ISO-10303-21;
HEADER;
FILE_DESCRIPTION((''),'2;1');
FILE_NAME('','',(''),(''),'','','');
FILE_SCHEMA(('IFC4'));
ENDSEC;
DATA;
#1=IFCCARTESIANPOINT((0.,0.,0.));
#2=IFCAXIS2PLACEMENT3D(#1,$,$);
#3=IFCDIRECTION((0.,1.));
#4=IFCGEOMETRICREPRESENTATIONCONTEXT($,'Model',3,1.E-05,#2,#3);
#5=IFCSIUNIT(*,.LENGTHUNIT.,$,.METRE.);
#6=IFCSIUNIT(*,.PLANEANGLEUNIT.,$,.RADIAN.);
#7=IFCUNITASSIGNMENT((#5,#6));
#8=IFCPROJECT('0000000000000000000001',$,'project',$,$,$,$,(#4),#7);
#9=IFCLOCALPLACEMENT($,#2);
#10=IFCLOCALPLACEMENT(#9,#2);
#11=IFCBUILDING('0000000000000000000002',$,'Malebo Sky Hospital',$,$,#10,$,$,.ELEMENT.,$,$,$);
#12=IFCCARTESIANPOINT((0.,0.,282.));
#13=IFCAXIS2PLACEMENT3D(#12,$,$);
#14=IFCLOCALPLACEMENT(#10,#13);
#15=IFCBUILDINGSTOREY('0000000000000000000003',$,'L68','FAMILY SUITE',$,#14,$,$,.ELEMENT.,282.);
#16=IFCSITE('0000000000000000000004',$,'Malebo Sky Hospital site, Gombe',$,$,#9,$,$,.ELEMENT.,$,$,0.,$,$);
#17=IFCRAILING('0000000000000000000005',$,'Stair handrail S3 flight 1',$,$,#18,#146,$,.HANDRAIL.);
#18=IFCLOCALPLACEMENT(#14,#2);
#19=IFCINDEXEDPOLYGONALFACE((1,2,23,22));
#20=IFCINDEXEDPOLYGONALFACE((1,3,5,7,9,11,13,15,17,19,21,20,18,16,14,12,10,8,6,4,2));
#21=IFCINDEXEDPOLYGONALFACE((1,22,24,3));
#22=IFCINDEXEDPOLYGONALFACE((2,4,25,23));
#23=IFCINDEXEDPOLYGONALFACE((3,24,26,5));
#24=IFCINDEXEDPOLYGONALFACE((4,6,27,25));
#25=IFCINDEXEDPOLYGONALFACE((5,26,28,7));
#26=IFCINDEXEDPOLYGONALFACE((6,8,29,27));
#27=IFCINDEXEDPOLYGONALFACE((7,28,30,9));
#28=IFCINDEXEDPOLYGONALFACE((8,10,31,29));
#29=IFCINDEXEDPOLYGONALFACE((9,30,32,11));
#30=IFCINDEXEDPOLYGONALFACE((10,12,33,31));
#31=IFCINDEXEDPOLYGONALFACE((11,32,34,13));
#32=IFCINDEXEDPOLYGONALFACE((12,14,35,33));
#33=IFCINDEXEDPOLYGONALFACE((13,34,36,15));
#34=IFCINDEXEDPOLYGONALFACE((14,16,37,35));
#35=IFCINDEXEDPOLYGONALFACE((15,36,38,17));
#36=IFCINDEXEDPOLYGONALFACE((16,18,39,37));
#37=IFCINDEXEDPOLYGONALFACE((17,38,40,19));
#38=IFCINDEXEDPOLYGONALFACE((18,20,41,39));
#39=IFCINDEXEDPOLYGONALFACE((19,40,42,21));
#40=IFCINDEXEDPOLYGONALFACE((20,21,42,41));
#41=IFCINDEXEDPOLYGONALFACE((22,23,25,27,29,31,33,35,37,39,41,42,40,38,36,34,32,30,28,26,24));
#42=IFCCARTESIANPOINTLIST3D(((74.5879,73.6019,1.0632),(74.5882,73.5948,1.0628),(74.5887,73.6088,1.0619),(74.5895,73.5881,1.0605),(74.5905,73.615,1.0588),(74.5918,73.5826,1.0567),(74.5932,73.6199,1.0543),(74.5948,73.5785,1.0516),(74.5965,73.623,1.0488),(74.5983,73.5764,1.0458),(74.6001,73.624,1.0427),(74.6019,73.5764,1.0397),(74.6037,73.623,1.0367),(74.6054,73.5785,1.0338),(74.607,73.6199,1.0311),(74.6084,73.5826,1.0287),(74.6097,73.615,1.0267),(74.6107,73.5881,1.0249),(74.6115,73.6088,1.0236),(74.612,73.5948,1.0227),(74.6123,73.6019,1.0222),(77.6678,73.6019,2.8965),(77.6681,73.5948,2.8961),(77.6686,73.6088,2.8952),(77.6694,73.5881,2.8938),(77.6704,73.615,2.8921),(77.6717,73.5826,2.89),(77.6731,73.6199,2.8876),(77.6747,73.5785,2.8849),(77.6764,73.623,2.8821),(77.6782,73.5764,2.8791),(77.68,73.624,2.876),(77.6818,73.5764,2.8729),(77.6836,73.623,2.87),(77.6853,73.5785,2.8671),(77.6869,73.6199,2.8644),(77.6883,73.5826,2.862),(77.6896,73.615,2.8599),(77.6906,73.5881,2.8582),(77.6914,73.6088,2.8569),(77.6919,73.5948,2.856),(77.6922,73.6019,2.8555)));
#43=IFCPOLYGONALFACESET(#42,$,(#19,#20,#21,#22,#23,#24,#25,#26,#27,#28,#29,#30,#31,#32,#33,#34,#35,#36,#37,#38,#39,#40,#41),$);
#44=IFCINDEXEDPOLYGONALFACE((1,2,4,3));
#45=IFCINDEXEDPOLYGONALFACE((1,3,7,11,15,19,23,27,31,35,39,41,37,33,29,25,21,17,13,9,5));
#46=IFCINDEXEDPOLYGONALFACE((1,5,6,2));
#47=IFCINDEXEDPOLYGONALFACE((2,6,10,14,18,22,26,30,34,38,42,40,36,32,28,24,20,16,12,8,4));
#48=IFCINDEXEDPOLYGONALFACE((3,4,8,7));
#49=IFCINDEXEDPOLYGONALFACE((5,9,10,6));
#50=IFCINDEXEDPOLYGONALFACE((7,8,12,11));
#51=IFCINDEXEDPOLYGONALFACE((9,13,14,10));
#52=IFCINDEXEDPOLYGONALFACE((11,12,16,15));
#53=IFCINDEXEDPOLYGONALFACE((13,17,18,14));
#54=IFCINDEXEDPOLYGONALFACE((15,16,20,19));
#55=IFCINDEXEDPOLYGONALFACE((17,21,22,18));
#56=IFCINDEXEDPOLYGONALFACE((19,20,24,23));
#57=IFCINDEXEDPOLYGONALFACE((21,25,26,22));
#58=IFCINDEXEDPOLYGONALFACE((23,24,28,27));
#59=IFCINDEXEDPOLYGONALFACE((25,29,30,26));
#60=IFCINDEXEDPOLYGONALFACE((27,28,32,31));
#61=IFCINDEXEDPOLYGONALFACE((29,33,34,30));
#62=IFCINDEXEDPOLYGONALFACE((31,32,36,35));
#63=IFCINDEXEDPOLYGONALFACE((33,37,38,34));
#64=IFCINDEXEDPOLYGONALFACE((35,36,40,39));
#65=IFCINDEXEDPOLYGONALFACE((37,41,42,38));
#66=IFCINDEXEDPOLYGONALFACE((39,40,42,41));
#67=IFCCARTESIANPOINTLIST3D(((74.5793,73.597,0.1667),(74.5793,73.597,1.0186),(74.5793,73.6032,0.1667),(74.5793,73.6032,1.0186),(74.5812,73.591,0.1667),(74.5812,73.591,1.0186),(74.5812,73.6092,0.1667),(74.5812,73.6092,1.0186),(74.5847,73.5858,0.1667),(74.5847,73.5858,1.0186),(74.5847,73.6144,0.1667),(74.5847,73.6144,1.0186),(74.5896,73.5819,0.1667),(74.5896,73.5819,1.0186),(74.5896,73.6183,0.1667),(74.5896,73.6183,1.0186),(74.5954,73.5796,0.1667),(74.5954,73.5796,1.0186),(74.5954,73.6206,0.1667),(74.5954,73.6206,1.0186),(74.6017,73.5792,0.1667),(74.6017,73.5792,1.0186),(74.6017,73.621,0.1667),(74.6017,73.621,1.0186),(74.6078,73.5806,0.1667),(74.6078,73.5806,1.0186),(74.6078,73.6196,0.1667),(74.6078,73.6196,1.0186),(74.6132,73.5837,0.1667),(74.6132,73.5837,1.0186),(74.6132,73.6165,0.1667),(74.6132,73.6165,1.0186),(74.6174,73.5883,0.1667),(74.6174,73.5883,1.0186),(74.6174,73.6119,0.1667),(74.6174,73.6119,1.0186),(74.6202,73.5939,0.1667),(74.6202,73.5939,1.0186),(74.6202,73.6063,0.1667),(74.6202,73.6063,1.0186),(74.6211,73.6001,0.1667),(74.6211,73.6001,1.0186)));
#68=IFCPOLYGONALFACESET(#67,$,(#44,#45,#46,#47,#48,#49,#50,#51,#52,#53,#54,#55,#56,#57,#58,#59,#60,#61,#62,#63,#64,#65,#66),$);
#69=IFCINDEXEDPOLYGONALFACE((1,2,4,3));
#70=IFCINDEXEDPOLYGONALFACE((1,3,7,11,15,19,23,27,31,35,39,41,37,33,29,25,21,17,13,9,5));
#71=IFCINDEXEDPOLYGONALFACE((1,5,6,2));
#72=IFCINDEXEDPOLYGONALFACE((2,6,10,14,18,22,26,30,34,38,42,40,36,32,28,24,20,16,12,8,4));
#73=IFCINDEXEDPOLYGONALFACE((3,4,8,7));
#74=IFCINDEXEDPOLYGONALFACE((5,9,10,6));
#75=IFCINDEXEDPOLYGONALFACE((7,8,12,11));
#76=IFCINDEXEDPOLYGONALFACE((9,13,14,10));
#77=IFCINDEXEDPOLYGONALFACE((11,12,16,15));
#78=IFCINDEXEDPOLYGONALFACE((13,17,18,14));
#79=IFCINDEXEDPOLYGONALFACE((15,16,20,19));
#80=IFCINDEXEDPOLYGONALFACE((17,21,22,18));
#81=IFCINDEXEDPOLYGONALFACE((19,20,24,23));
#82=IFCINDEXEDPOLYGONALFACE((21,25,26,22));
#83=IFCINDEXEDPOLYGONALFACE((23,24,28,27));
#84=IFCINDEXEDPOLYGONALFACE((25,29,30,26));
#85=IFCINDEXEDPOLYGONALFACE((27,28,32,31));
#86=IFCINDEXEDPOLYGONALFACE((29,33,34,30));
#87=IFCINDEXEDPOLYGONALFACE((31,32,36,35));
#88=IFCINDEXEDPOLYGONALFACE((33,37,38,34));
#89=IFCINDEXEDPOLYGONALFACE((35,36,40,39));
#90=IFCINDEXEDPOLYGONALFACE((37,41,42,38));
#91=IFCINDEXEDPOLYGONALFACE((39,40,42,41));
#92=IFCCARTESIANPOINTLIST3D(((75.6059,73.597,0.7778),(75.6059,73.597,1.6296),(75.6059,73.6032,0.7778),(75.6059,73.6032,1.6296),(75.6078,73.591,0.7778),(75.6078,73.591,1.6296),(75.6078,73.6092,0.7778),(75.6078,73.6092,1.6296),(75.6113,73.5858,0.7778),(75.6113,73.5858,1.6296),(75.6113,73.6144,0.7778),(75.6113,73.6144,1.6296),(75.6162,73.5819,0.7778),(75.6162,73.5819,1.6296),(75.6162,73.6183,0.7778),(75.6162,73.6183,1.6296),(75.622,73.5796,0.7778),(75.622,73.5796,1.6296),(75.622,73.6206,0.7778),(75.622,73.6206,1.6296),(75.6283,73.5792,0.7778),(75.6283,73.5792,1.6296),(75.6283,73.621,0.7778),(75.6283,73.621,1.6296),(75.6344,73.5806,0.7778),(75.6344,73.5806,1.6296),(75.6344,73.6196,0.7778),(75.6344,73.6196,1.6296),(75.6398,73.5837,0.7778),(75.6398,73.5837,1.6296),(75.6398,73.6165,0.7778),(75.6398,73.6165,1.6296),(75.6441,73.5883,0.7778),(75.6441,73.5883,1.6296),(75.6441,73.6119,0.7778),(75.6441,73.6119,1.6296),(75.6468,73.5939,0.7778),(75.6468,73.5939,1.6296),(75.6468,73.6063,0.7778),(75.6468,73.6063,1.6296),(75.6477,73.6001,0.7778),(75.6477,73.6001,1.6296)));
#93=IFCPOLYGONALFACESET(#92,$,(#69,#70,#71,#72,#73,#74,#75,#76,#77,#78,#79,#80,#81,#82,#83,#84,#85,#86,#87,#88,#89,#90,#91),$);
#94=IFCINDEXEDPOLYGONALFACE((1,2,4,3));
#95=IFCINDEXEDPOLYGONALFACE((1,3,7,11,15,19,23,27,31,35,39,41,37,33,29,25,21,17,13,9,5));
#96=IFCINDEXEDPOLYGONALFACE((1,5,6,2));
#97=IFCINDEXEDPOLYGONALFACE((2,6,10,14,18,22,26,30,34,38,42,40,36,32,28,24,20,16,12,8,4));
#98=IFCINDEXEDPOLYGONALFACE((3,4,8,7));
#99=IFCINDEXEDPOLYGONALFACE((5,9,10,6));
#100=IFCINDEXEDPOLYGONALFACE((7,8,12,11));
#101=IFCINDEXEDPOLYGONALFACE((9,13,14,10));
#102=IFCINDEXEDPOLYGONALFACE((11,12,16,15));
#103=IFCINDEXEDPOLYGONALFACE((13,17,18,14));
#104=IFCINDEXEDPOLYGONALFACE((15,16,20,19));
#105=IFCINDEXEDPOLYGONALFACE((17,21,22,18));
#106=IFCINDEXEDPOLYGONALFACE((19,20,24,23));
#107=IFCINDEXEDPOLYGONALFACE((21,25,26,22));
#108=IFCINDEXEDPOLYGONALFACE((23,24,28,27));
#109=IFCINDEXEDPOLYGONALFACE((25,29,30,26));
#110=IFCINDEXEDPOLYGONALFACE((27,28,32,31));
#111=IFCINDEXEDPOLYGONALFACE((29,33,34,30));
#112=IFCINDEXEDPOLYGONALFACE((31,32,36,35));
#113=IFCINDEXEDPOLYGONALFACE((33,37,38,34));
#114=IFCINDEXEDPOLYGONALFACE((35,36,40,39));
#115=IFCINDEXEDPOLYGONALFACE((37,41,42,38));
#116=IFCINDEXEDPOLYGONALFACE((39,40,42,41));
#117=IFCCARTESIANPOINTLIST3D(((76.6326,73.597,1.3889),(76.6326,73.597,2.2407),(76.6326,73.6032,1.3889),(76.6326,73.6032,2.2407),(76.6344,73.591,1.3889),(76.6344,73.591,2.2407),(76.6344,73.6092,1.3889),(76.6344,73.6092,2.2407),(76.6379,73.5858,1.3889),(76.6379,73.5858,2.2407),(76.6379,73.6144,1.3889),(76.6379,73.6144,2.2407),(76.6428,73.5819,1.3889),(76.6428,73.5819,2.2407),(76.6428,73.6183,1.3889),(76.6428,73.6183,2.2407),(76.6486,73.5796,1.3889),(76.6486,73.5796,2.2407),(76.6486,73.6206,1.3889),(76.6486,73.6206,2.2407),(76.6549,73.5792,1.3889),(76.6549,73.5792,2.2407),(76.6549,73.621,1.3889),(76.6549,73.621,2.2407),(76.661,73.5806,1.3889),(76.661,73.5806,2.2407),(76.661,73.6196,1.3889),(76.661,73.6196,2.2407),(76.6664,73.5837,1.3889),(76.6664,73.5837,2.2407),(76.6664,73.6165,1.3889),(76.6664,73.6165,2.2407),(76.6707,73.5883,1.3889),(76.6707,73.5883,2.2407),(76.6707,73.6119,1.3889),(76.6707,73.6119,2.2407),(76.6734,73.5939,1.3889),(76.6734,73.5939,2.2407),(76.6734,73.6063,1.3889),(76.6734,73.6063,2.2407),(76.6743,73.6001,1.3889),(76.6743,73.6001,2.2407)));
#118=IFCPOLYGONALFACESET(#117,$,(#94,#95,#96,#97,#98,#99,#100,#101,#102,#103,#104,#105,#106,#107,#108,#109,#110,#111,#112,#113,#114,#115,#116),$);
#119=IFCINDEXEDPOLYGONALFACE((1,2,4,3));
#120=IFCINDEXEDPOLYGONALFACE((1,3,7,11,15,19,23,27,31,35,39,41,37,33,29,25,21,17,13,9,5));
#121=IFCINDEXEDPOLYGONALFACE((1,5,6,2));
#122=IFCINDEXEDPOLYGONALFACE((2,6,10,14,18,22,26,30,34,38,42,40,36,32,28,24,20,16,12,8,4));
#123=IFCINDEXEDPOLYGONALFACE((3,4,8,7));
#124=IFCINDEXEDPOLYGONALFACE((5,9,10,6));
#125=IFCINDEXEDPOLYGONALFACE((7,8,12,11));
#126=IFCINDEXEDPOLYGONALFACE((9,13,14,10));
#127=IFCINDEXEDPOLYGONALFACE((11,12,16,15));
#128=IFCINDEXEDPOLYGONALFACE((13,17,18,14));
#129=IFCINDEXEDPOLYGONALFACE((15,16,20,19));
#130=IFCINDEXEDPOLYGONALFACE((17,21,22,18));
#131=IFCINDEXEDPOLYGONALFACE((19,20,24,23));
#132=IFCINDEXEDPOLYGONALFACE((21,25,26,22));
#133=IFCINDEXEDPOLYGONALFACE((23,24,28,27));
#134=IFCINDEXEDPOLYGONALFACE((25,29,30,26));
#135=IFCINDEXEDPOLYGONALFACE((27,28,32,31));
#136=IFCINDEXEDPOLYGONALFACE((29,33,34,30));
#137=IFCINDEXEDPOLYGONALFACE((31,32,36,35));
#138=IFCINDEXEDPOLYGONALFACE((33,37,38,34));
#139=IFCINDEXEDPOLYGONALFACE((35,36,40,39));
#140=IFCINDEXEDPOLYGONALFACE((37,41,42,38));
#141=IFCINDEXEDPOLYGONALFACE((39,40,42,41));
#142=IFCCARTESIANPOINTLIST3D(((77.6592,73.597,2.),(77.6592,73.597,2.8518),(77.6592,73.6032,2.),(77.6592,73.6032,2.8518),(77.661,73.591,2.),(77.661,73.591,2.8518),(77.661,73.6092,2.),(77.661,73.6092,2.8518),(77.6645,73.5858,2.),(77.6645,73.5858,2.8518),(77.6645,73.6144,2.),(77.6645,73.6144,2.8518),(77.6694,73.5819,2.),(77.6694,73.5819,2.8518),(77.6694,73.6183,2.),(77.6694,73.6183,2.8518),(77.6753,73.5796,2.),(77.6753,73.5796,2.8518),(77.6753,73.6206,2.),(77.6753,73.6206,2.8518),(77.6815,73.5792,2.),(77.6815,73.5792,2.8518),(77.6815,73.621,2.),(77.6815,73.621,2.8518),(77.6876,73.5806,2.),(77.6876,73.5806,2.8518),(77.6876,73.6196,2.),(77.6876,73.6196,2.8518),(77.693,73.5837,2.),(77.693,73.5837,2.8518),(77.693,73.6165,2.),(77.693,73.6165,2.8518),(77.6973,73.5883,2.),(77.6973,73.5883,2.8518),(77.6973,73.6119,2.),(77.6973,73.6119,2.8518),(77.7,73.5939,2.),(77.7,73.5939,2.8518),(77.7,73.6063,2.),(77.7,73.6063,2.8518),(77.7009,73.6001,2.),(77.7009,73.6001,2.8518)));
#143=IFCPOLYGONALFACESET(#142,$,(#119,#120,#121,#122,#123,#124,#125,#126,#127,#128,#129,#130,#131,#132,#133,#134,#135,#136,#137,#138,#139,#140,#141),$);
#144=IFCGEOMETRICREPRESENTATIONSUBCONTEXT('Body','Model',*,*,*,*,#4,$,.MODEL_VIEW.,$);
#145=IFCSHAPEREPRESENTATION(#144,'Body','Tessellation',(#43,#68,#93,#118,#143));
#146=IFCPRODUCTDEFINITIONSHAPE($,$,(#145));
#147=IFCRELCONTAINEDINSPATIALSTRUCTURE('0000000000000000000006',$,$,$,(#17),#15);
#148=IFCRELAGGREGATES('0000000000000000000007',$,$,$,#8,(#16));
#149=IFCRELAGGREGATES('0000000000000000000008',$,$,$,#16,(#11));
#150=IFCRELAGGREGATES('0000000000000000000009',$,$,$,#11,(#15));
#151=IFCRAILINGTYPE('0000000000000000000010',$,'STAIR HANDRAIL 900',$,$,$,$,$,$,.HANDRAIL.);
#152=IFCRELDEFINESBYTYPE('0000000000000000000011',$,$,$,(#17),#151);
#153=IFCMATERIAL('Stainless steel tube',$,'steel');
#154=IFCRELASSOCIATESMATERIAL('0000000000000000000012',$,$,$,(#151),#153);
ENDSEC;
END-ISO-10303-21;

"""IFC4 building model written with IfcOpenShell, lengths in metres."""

from ifc_helpers import new_model, si_unit, direction, frame, origin, origin_2d, place, context, subcontext, project, spatial, circle, extrude, material, type_object, element, save


model = new_model("IFC4")

# Units and contexts
model_context = context("Model", 3, precision=1e-05, world=origin(), true_north=direction((0.0, 1.0)))
body_context = subcontext(model_context, "Body", "Model", "MODEL_VIEW")
ifc_project = project(units=[si_unit("LENGTHUNIT", "METRE"), si_unit("PLANEANGLEUNIT", "RADIAN")], contexts=[model_context])

# Site, building, storey
site_placement = place(None, origin())
site = spatial("IfcSite", under=ifc_project, at=site_placement, Name="Malebo Sky Hospital site, Gombe", CompositionType="ELEMENT", RefElevation=0.0)
building_placement = place(site_placement, origin())
building = spatial("IfcBuilding", under=site, at=building_placement, Name="Malebo Sky Hospital", CompositionType="ELEMENT")
storey_placement = place(building_placement, frame((0.0, 0.0, 282.0)))
storey = spatial("IfcBuildingStorey", under=building, at=storey_placement, Name="L68", Description="FAMILY SUITE", CompositionType="ELEMENT", Elevation=282.0)

# Railing
ifc_material_1 = material(Name="Stainless steel tube", Category="steel")
railing_type_1 = type_object("IfcRailingType", Name="STAIR HANDRAIL 900", PredefinedType="HANDRAIL", material=ifc_material_1)
railing_1_placement = place(storey_placement, frame((74.6001, 73.6001, 0.1667)))
element("IfcRailing", 1, at=railing_1_placement, inside=storey, type_object=railing_type_1, Name="Stair handrail S3 flight 1", PredefinedType="HANDRAIL", context=body_context, shape_type="SweptSolid", body=[
    extrude(circle(Radius=0.0239, at=origin_2d()), frame((0.0, 0.0, 0.876), z_axis=(0.859291, 0.0, 0.511487), x_axis=(0.0, 1.0, 0.0)), (0.0, 0.0, 1.0), 3.5842),
    extrude(circle(Radius=0.021, at=origin_2d()), origin(), (0.0, 0.0, 1.0), 0.8518),
    extrude(circle(Radius=0.021, at=origin_2d()), frame((1.0266, 0.0, 0.6111)), (0.0, 0.0, 1.0), 0.8518),
    extrude(circle(Radius=0.021, at=origin_2d()), frame((2.0532, 0.0, 1.2222)), (0.0, 0.0, 1.0), 0.8518),
    extrude(circle(Radius=0.021, at=origin_2d()), frame((3.0798, 0.0, 1.8333)), (0.0, 0.0, 1.0), 0.8518),
])

save(model, "model.ifc")
